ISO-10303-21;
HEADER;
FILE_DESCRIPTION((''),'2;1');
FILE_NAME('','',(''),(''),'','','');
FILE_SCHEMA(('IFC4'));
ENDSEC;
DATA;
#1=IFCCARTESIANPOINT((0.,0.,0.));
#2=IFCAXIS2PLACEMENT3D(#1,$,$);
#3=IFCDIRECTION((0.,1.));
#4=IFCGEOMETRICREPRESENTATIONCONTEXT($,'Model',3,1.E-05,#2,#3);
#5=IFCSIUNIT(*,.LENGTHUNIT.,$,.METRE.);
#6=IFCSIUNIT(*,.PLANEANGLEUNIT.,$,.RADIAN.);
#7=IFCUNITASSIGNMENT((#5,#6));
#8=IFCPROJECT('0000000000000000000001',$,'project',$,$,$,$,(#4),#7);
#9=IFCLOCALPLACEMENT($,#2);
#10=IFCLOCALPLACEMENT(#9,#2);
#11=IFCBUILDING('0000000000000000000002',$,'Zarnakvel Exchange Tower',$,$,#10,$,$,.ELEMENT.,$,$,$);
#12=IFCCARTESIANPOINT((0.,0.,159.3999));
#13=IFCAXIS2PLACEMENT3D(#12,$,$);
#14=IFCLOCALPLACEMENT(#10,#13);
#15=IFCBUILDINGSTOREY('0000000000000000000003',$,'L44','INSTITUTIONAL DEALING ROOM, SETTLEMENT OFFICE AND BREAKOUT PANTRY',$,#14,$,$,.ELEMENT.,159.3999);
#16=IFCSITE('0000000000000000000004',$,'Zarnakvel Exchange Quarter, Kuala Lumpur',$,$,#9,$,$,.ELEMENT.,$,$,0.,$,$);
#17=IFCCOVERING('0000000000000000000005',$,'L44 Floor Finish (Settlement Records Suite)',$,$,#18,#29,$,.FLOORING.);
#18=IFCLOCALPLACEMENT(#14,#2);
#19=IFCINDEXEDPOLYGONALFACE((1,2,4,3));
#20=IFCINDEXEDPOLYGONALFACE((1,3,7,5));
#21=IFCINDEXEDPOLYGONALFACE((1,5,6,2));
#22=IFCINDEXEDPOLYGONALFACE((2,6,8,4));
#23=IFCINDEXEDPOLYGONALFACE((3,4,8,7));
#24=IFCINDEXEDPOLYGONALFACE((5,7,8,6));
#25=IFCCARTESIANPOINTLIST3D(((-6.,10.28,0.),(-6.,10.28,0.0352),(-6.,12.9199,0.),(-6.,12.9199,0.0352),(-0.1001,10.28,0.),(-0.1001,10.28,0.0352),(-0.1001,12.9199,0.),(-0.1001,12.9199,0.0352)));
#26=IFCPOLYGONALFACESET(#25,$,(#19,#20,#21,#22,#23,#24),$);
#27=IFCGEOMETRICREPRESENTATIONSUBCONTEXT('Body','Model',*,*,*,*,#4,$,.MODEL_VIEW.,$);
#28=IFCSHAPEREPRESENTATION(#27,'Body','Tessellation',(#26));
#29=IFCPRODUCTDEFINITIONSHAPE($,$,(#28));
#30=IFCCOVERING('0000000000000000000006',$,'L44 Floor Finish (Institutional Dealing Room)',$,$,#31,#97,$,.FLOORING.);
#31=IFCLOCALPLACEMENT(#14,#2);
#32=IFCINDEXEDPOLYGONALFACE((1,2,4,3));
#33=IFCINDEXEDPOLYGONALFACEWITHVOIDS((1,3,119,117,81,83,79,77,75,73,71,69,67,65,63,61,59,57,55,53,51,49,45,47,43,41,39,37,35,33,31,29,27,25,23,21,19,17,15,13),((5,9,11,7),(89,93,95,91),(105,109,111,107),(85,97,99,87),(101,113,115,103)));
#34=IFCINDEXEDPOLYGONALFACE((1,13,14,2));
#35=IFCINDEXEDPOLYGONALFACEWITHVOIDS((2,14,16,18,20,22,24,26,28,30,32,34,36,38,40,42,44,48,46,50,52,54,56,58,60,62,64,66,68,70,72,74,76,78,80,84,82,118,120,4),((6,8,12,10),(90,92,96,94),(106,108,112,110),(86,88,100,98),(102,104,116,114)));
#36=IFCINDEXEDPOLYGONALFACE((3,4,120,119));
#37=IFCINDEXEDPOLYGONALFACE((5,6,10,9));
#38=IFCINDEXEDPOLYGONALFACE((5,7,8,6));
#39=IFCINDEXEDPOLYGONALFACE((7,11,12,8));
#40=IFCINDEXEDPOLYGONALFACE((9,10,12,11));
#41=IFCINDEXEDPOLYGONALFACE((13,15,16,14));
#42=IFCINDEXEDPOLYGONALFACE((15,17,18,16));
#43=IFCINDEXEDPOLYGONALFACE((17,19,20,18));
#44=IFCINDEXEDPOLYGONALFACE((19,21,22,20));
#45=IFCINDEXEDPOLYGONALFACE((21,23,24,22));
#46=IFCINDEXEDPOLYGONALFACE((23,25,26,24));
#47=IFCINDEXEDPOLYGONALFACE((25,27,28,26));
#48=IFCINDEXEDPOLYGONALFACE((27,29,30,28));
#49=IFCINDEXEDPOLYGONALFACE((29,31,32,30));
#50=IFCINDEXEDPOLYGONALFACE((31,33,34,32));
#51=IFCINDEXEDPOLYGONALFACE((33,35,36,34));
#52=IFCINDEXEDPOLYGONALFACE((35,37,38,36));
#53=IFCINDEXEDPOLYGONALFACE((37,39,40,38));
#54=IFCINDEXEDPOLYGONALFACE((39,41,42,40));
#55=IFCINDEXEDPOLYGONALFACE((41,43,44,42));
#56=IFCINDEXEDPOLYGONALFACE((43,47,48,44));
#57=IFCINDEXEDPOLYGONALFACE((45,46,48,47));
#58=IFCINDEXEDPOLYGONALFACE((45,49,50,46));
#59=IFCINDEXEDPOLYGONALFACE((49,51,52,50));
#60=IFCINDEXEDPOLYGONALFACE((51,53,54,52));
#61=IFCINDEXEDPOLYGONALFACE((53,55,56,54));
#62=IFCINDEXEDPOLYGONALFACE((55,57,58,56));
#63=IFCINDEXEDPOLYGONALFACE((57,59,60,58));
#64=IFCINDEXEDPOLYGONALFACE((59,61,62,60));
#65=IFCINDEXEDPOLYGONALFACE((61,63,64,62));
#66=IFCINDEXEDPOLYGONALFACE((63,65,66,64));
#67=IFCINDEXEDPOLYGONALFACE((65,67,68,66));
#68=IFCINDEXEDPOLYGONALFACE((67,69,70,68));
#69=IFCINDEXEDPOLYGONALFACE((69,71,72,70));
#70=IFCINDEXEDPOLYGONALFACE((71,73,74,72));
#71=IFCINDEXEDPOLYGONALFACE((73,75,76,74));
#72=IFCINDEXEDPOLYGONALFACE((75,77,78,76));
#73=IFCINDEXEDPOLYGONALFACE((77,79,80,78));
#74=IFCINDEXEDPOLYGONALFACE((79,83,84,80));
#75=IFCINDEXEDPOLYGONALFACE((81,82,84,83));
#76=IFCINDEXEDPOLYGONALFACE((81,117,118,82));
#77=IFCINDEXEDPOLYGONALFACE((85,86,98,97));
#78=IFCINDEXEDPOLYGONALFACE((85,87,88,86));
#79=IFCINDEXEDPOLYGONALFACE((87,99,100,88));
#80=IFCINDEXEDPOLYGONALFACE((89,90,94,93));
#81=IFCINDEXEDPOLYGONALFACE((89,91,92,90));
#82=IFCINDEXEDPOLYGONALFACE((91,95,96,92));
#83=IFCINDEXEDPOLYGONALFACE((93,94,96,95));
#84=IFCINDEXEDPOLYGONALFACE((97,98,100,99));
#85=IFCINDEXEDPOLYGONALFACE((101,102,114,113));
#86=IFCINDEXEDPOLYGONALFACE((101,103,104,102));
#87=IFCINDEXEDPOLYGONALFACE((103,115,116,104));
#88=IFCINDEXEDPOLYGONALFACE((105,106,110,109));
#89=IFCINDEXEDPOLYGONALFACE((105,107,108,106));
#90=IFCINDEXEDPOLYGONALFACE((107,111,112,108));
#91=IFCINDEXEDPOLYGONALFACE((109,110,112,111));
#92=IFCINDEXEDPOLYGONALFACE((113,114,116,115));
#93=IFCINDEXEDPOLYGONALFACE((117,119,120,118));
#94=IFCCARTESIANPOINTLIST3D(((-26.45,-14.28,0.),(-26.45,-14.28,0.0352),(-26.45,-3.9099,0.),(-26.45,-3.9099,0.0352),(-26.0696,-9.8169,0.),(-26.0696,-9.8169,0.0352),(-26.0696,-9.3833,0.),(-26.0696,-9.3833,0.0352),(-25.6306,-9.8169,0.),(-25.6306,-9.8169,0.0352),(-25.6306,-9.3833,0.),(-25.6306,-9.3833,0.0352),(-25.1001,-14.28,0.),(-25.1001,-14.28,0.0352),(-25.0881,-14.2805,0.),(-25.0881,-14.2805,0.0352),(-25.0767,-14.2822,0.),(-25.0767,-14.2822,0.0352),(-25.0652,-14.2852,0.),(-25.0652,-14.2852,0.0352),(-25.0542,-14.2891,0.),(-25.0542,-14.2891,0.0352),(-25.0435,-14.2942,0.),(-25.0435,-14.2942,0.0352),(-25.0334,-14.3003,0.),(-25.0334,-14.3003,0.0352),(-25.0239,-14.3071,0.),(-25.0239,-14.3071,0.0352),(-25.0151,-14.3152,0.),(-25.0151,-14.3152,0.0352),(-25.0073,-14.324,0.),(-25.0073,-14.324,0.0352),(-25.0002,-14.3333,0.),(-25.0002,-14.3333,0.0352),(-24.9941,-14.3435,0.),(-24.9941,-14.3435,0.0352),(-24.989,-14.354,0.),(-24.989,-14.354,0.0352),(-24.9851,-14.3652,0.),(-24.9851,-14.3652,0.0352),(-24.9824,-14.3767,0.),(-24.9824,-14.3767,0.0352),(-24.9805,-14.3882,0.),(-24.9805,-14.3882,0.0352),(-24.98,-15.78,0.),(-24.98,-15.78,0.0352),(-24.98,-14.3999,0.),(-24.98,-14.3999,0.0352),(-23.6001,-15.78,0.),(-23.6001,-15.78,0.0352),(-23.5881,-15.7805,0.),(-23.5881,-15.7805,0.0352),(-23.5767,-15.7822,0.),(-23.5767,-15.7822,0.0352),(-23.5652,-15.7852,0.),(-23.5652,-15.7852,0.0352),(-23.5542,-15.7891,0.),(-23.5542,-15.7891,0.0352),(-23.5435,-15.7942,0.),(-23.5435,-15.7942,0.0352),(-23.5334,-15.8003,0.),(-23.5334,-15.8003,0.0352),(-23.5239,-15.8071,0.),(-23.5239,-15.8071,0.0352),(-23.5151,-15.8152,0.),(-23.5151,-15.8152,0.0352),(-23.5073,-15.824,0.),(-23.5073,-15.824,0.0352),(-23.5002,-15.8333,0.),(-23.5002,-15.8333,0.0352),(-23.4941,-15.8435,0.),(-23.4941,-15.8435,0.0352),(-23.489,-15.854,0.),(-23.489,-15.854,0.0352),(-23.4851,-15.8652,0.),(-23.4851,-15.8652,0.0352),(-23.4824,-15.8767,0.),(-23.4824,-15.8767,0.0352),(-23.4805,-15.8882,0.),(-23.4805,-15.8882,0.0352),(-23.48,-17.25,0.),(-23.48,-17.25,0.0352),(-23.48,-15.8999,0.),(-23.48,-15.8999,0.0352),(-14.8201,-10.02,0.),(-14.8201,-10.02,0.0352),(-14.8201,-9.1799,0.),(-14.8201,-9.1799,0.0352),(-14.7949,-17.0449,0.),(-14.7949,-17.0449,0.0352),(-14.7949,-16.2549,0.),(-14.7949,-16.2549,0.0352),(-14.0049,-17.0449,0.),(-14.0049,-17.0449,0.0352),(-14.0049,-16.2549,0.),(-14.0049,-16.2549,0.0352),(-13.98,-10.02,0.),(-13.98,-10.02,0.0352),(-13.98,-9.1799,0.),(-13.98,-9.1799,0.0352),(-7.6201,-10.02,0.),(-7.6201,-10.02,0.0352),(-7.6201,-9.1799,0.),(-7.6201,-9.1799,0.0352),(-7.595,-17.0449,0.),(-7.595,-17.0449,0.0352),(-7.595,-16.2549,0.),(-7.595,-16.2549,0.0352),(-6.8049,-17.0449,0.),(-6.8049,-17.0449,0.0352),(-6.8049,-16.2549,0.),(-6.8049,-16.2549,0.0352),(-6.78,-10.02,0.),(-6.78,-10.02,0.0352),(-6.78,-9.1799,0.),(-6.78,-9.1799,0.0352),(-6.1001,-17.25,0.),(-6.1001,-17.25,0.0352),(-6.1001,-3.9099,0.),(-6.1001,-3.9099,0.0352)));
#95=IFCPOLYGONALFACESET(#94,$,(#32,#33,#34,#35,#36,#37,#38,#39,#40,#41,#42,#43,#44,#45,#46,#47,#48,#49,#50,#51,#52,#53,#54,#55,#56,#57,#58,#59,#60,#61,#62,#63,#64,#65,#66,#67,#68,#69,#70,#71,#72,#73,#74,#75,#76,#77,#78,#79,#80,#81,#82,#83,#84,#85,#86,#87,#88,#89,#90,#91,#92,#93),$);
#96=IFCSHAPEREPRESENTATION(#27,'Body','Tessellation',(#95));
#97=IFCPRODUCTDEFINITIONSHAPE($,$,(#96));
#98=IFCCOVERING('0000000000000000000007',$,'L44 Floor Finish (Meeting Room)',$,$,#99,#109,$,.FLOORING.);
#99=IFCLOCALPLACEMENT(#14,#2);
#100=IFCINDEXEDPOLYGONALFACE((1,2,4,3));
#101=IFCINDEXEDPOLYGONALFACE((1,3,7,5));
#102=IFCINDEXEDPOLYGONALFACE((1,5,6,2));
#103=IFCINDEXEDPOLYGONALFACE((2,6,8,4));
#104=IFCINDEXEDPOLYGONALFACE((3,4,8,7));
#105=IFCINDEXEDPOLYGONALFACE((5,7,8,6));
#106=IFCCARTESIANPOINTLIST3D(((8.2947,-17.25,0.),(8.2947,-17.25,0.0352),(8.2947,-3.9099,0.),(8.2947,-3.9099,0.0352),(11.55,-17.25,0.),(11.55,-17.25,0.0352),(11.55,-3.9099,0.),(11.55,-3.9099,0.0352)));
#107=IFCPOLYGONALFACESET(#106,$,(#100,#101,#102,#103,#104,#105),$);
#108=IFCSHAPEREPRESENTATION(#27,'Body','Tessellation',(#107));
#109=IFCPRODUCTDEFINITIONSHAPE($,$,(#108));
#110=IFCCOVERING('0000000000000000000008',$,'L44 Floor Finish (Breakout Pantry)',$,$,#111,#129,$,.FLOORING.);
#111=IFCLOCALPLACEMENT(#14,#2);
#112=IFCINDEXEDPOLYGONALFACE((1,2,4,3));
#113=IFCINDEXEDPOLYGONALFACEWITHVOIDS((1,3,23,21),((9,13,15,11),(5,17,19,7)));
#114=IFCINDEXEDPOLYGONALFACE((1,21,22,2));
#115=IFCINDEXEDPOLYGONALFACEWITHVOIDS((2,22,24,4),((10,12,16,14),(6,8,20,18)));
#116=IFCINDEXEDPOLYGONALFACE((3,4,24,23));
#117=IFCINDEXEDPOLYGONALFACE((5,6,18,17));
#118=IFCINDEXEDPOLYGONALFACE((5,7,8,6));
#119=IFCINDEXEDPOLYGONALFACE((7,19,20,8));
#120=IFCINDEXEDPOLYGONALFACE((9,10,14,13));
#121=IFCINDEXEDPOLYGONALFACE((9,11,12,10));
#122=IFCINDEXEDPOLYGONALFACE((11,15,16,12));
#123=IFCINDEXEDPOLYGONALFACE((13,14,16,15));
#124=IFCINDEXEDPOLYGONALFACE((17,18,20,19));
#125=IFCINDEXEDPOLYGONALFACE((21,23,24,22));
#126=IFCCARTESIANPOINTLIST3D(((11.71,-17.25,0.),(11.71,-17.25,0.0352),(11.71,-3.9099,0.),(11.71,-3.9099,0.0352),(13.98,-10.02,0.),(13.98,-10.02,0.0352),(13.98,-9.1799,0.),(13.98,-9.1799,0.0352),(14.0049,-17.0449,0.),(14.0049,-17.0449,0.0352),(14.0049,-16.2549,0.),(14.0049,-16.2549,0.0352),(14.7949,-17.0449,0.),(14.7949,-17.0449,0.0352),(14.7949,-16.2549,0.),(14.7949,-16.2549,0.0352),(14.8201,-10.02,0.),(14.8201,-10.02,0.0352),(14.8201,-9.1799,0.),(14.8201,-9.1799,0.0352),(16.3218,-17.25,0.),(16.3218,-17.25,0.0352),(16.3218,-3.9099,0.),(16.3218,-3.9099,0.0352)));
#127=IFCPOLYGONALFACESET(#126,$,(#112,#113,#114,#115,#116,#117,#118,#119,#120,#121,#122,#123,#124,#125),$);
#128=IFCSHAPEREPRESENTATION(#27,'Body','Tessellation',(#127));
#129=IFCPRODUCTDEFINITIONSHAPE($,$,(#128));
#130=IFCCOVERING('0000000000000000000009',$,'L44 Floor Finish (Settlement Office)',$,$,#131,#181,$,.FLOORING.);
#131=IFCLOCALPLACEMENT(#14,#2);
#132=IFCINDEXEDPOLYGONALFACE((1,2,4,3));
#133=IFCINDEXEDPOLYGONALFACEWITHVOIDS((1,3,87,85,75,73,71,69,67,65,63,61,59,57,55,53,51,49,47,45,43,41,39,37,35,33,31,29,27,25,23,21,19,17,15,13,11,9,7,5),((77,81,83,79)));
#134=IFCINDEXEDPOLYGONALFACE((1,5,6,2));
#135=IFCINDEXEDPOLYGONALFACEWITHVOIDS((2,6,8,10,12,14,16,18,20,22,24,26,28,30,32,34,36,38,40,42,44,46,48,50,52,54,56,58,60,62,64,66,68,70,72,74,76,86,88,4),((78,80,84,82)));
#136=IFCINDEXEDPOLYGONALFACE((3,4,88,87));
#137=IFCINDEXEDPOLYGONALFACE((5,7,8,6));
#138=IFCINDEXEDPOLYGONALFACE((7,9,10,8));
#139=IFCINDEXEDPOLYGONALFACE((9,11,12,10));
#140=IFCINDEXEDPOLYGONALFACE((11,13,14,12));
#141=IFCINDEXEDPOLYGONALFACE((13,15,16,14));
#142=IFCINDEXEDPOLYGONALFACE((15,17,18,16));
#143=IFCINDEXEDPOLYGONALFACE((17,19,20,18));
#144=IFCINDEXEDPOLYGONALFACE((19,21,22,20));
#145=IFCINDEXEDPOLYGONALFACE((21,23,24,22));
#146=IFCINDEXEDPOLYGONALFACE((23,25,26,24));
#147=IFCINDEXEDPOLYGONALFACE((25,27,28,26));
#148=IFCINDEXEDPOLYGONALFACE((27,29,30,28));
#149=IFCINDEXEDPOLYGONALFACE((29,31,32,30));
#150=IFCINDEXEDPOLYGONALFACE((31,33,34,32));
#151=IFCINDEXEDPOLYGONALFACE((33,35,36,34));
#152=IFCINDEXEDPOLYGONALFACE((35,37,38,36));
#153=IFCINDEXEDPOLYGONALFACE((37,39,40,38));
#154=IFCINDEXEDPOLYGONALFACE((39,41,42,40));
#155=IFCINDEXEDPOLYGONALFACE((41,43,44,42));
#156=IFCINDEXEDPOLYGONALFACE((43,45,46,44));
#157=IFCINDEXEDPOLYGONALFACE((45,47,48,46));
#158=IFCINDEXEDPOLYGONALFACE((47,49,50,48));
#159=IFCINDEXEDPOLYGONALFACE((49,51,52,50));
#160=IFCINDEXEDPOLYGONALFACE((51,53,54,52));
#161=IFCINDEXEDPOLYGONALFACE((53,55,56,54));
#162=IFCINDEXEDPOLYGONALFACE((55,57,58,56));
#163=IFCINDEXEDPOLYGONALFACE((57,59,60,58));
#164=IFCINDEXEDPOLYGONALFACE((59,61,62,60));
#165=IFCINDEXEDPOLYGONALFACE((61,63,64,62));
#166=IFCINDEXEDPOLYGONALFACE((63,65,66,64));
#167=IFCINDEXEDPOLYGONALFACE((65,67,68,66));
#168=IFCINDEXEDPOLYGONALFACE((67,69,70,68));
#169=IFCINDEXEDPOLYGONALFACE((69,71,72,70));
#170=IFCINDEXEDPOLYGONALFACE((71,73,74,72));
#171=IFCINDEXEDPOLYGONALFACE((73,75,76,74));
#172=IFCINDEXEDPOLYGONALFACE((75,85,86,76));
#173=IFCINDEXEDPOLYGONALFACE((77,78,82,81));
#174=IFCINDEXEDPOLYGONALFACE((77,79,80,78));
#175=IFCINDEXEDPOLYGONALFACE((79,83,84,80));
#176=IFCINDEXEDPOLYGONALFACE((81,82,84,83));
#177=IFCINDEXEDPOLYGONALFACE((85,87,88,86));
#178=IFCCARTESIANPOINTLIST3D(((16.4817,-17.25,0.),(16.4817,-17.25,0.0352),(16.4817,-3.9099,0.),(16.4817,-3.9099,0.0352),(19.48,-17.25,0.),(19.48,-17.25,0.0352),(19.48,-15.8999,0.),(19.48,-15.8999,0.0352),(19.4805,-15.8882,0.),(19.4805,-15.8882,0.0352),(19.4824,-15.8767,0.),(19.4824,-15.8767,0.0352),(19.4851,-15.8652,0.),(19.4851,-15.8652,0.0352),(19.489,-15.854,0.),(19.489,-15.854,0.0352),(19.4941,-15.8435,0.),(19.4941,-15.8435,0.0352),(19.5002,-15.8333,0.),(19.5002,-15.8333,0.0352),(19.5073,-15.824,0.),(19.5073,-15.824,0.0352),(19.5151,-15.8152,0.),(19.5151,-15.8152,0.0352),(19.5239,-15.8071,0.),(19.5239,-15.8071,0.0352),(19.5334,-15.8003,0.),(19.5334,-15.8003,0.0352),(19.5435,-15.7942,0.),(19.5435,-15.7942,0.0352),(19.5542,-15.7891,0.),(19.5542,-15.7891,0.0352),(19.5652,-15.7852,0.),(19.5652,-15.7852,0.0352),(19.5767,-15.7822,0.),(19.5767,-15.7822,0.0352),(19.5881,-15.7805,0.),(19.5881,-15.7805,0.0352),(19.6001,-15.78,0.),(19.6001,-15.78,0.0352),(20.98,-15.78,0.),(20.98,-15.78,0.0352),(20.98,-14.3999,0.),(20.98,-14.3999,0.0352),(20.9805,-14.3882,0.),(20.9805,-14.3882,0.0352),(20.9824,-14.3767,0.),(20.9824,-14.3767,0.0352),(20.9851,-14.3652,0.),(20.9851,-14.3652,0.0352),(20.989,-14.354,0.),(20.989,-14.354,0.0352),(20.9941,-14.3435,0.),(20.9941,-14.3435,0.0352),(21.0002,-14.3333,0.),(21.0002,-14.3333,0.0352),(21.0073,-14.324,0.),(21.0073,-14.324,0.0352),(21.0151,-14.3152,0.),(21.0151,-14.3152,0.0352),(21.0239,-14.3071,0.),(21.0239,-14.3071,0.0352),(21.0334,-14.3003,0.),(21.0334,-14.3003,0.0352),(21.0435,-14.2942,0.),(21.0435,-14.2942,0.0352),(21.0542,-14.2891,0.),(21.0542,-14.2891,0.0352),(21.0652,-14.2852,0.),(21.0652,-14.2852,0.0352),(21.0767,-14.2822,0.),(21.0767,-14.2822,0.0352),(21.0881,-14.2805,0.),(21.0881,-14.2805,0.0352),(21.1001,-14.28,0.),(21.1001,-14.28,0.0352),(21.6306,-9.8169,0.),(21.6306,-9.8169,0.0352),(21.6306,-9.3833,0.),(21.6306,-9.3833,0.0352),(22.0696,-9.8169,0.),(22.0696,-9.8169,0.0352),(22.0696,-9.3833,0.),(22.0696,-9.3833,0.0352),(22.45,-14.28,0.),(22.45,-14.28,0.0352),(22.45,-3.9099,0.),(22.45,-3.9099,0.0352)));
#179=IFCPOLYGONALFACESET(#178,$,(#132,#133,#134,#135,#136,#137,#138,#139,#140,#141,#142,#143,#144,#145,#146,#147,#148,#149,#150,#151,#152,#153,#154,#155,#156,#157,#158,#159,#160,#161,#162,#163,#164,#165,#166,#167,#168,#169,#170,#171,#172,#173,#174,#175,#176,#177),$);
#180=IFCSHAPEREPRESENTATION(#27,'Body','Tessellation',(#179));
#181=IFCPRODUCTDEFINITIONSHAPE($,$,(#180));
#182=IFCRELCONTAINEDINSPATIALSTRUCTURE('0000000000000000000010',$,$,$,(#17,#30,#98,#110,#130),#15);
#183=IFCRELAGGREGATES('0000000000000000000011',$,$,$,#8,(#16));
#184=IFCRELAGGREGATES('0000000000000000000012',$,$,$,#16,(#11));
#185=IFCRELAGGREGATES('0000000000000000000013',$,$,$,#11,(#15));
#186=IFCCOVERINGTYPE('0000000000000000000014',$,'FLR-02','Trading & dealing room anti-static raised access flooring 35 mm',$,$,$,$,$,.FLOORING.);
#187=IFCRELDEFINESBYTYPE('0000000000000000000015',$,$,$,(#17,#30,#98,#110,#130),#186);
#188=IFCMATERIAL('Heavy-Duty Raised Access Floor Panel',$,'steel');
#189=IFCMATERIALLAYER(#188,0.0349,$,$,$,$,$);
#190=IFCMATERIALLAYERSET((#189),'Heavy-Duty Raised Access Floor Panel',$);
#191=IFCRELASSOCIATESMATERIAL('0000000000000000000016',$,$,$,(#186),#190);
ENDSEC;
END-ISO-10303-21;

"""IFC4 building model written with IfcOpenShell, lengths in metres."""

from ifc_helpers import new_model, si_unit, direction, frame, origin, place, context, subcontext, project, spatial, polyline, outline, extrude, material, layer, layer_set, type_object, element, save


model = new_model("IFC4")

# Units and contexts
model_context = context("Model", 3, precision=1e-05, world=origin(), true_north=direction((0.0, 1.0)))
body_context = subcontext(model_context, "Body", "Model", "MODEL_VIEW")
ifc_project = project(units=[si_unit("LENGTHUNIT", "METRE"), si_unit("PLANEANGLEUNIT", "RADIAN")], contexts=[model_context])

# Site, building, storey
site_placement = place(None, origin())
site = spatial("IfcSite", under=ifc_project, at=site_placement, Name="Zarnakvel Exchange Quarter, Kuala Lumpur", CompositionType="ELEMENT", RefElevation=0.0)
building_placement = place(site_placement, origin())
building = spatial("IfcBuilding", under=site, at=building_placement, Name="Zarnakvel Exchange Tower", CompositionType="ELEMENT")
storey_placement = place(building_placement, frame((0.0, 0.0, 159.3999)))
storey = spatial("IfcBuildingStorey", under=building, at=storey_placement, Name="L44", Description="INSTITUTIONAL DEALING ROOM, SETTLEMENT OFFICE AND BREAKOUT PANTRY", CompositionType="ELEMENT", Elevation=159.3999)

# Coverings
ifc_material_1 = material(Name="Heavy-Duty Raised Access Floor Panel", Category="steel")
ifc_layer_1 = layer(ifc_material_1, 0.0349)
ifc_layer_set_1 = layer_set([ifc_layer_1], Name="Heavy-Duty Raised Access Floor Panel")
covering_type_1 = type_object("IfcCoveringType", Name="FLR-02", Description="Trading & dealing room anti-static raised access flooring 35 mm", PredefinedType="FLOORING", material=ifc_layer_set_1)
covering_1_placement = place(storey_placement, origin())
element("IfcCovering", 1, at=covering_1_placement, inside=storey, type_object=covering_type_1, Name="L44 Floor Finish (Settlement Records Suite)", PredefinedType="FLOORING", context=body_context, shape_type="SweptSolid", body=[
    extrude(outline(polyline([(-6.0, 12.9199), (-0.1001, 12.9199), (-0.1001, 10.28), (-6.0, 10.28), (-6.0, 12.9199)])), origin(), (0.0, 0.0, 1.0), 0.0352),
])
covering_2_placement = place(storey_placement, origin())
element("IfcCovering", 2, at=covering_2_placement, inside=storey, type_object=covering_type_1, Name="L44 Floor Finish (Institutional Dealing Room)", PredefinedType="FLOORING", context=body_context, shape_type="SweptSolid", body=[
    extrude(outline(polyline([(-6.1001, -3.9099), (-6.1001, -17.25), (-23.48, -17.25), (-23.48, -15.8999), (-23.4805, -15.8882), (-23.4824, -15.8767), (-23.4851, -15.8652), (-23.489, -15.854), (-23.4941, -15.8435), (-23.5002, -15.8333), (-23.5073, -15.824), (-23.5151, -15.8152), (-23.5239, -15.8071), (-23.5334, -15.8003), (-23.5435, -15.7942), (-23.5542, -15.7891), (-23.5652, -15.7852), (-23.5767, -15.7822), (-23.5881, -15.7805), (-23.6001, -15.78), (-24.98, -15.78), (-24.98, -14.3999), (-24.9805, -14.3882), (-24.9824, -14.3767), (-24.9851, -14.3652), (-24.989, -14.354), (-24.9941, -14.3435), (-25.0002, -14.3333), (-25.0073, -14.324), (-25.0151, -14.3152), (-25.0239, -14.3071), (-25.0334, -14.3003), (-25.0435, -14.2942), (-25.0542, -14.2891), (-25.0652, -14.2852), (-25.0767, -14.2822), (-25.0881, -14.2805), (-25.1001, -14.28), (-26.45, -14.28), (-26.45, -3.9099), (-6.1001, -3.9099)]), holes=[polyline([(-6.78, -10.02), (-6.78, -9.1799), (-7.6201, -9.1799), (-7.6201, -10.02), (-6.78, -10.02)]), polyline([(-6.8049, -17.0449), (-6.8049, -16.2549), (-7.595, -16.2549), (-7.595, -17.0449), (-6.8049, -17.0449)]), polyline([(-13.98, -10.02), (-13.98, -9.1799), (-14.8201, -9.1799), (-14.8201, -10.02), (-13.98, -10.02)]), polyline([(-14.0049, -16.2549), (-14.7949, -16.2549), (-14.7949, -17.0449), (-14.0049, -17.0449), (-14.0049, -16.2549)]), polyline([(-25.6306, -9.8169), (-25.6306, -9.3833), (-26.0696, -9.3833), (-26.0696, -9.8169), (-25.6306, -9.8169)])]), origin(), (0.0, 0.0, 1.0), 0.0352),
])
covering_3_placement = place(storey_placement, origin())
element("IfcCovering", 3, at=covering_3_placement, inside=storey, type_object=covering_type_1, Name="L44 Floor Finish (Meeting Room)", PredefinedType="FLOORING", context=body_context, shape_type="SweptSolid", body=[
    extrude(outline(polyline([(8.2947, -3.9099), (11.55, -3.9099), (11.55, -17.25), (8.2947, -17.25), (8.2947, -3.9099)])), origin(), (0.0, 0.0, 1.0), 0.0352),
])
covering_4_placement = place(storey_placement, origin())
element("IfcCovering", 4, at=covering_4_placement, inside=storey, type_object=covering_type_1, Name="L44 Floor Finish (Breakout Pantry)", PredefinedType="FLOORING", context=body_context, shape_type="SweptSolid", body=[
    extrude(outline(polyline([(11.71, -3.9099), (16.3218, -3.9099), (16.3218, -17.25), (11.71, -17.25), (11.71, -3.9099)]), holes=[polyline([(14.8201, -10.02), (14.8201, -9.1799), (13.98, -9.1799), (13.98, -10.02), (14.8201, -10.02)]), polyline([(14.7949, -17.0449), (14.7949, -16.2549), (14.0049, -16.2549), (14.0049, -17.0449), (14.7949, -17.0449)])]), origin(), (0.0, 0.0, 1.0), 0.0352),
])
covering_5_placement = place(storey_placement, origin())
element("IfcCovering", 5, at=covering_5_placement, inside=storey, type_object=covering_type_1, Name="L44 Floor Finish (Settlement Office)", PredefinedType="FLOORING", context=body_context, shape_type="SweptSolid", body=[
    extrude(outline(polyline([(16.4817, -3.9099), (22.45, -3.9099), (22.45, -14.28), (21.1001, -14.28), (21.0881, -14.2805), (21.0767, -14.2822), (21.0652, -14.2852), (21.0542, -14.2891), (21.0435, -14.2942), (21.0334, -14.3003), (21.0239, -14.3071), (21.0151, -14.3152), (21.0073, -14.324), (21.0002, -14.3333), (20.9941, -14.3435), (20.989, -14.354), (20.9851, -14.3652), (20.9824, -14.3767), (20.9805, -14.3882), (20.98, -14.3999), (20.98, -15.78), (19.6001, -15.78), (19.5881, -15.7805), (19.5767, -15.7822), (19.5652, -15.7852), (19.5542, -15.7891), (19.5435, -15.7942), (19.5334, -15.8003), (19.5239, -15.8071), (19.5151, -15.8152), (19.5073, -15.824), (19.5002, -15.8333), (19.4941, -15.8435), (19.489, -15.854), (19.4851, -15.8652), (19.4824, -15.8767), (19.4805, -15.8882), (19.48, -15.8999), (19.48, -17.25), (16.4817, -17.25), (16.4817, -3.9099)]), holes=[polyline([(22.0696, -9.8169), (22.0696, -9.3833), (21.6306, -9.3833), (21.6306, -9.8169), (22.0696, -9.8169)])]), origin(), (0.0, 0.0, 1.0), 0.0352),
])

save(model, "model.ifc")
